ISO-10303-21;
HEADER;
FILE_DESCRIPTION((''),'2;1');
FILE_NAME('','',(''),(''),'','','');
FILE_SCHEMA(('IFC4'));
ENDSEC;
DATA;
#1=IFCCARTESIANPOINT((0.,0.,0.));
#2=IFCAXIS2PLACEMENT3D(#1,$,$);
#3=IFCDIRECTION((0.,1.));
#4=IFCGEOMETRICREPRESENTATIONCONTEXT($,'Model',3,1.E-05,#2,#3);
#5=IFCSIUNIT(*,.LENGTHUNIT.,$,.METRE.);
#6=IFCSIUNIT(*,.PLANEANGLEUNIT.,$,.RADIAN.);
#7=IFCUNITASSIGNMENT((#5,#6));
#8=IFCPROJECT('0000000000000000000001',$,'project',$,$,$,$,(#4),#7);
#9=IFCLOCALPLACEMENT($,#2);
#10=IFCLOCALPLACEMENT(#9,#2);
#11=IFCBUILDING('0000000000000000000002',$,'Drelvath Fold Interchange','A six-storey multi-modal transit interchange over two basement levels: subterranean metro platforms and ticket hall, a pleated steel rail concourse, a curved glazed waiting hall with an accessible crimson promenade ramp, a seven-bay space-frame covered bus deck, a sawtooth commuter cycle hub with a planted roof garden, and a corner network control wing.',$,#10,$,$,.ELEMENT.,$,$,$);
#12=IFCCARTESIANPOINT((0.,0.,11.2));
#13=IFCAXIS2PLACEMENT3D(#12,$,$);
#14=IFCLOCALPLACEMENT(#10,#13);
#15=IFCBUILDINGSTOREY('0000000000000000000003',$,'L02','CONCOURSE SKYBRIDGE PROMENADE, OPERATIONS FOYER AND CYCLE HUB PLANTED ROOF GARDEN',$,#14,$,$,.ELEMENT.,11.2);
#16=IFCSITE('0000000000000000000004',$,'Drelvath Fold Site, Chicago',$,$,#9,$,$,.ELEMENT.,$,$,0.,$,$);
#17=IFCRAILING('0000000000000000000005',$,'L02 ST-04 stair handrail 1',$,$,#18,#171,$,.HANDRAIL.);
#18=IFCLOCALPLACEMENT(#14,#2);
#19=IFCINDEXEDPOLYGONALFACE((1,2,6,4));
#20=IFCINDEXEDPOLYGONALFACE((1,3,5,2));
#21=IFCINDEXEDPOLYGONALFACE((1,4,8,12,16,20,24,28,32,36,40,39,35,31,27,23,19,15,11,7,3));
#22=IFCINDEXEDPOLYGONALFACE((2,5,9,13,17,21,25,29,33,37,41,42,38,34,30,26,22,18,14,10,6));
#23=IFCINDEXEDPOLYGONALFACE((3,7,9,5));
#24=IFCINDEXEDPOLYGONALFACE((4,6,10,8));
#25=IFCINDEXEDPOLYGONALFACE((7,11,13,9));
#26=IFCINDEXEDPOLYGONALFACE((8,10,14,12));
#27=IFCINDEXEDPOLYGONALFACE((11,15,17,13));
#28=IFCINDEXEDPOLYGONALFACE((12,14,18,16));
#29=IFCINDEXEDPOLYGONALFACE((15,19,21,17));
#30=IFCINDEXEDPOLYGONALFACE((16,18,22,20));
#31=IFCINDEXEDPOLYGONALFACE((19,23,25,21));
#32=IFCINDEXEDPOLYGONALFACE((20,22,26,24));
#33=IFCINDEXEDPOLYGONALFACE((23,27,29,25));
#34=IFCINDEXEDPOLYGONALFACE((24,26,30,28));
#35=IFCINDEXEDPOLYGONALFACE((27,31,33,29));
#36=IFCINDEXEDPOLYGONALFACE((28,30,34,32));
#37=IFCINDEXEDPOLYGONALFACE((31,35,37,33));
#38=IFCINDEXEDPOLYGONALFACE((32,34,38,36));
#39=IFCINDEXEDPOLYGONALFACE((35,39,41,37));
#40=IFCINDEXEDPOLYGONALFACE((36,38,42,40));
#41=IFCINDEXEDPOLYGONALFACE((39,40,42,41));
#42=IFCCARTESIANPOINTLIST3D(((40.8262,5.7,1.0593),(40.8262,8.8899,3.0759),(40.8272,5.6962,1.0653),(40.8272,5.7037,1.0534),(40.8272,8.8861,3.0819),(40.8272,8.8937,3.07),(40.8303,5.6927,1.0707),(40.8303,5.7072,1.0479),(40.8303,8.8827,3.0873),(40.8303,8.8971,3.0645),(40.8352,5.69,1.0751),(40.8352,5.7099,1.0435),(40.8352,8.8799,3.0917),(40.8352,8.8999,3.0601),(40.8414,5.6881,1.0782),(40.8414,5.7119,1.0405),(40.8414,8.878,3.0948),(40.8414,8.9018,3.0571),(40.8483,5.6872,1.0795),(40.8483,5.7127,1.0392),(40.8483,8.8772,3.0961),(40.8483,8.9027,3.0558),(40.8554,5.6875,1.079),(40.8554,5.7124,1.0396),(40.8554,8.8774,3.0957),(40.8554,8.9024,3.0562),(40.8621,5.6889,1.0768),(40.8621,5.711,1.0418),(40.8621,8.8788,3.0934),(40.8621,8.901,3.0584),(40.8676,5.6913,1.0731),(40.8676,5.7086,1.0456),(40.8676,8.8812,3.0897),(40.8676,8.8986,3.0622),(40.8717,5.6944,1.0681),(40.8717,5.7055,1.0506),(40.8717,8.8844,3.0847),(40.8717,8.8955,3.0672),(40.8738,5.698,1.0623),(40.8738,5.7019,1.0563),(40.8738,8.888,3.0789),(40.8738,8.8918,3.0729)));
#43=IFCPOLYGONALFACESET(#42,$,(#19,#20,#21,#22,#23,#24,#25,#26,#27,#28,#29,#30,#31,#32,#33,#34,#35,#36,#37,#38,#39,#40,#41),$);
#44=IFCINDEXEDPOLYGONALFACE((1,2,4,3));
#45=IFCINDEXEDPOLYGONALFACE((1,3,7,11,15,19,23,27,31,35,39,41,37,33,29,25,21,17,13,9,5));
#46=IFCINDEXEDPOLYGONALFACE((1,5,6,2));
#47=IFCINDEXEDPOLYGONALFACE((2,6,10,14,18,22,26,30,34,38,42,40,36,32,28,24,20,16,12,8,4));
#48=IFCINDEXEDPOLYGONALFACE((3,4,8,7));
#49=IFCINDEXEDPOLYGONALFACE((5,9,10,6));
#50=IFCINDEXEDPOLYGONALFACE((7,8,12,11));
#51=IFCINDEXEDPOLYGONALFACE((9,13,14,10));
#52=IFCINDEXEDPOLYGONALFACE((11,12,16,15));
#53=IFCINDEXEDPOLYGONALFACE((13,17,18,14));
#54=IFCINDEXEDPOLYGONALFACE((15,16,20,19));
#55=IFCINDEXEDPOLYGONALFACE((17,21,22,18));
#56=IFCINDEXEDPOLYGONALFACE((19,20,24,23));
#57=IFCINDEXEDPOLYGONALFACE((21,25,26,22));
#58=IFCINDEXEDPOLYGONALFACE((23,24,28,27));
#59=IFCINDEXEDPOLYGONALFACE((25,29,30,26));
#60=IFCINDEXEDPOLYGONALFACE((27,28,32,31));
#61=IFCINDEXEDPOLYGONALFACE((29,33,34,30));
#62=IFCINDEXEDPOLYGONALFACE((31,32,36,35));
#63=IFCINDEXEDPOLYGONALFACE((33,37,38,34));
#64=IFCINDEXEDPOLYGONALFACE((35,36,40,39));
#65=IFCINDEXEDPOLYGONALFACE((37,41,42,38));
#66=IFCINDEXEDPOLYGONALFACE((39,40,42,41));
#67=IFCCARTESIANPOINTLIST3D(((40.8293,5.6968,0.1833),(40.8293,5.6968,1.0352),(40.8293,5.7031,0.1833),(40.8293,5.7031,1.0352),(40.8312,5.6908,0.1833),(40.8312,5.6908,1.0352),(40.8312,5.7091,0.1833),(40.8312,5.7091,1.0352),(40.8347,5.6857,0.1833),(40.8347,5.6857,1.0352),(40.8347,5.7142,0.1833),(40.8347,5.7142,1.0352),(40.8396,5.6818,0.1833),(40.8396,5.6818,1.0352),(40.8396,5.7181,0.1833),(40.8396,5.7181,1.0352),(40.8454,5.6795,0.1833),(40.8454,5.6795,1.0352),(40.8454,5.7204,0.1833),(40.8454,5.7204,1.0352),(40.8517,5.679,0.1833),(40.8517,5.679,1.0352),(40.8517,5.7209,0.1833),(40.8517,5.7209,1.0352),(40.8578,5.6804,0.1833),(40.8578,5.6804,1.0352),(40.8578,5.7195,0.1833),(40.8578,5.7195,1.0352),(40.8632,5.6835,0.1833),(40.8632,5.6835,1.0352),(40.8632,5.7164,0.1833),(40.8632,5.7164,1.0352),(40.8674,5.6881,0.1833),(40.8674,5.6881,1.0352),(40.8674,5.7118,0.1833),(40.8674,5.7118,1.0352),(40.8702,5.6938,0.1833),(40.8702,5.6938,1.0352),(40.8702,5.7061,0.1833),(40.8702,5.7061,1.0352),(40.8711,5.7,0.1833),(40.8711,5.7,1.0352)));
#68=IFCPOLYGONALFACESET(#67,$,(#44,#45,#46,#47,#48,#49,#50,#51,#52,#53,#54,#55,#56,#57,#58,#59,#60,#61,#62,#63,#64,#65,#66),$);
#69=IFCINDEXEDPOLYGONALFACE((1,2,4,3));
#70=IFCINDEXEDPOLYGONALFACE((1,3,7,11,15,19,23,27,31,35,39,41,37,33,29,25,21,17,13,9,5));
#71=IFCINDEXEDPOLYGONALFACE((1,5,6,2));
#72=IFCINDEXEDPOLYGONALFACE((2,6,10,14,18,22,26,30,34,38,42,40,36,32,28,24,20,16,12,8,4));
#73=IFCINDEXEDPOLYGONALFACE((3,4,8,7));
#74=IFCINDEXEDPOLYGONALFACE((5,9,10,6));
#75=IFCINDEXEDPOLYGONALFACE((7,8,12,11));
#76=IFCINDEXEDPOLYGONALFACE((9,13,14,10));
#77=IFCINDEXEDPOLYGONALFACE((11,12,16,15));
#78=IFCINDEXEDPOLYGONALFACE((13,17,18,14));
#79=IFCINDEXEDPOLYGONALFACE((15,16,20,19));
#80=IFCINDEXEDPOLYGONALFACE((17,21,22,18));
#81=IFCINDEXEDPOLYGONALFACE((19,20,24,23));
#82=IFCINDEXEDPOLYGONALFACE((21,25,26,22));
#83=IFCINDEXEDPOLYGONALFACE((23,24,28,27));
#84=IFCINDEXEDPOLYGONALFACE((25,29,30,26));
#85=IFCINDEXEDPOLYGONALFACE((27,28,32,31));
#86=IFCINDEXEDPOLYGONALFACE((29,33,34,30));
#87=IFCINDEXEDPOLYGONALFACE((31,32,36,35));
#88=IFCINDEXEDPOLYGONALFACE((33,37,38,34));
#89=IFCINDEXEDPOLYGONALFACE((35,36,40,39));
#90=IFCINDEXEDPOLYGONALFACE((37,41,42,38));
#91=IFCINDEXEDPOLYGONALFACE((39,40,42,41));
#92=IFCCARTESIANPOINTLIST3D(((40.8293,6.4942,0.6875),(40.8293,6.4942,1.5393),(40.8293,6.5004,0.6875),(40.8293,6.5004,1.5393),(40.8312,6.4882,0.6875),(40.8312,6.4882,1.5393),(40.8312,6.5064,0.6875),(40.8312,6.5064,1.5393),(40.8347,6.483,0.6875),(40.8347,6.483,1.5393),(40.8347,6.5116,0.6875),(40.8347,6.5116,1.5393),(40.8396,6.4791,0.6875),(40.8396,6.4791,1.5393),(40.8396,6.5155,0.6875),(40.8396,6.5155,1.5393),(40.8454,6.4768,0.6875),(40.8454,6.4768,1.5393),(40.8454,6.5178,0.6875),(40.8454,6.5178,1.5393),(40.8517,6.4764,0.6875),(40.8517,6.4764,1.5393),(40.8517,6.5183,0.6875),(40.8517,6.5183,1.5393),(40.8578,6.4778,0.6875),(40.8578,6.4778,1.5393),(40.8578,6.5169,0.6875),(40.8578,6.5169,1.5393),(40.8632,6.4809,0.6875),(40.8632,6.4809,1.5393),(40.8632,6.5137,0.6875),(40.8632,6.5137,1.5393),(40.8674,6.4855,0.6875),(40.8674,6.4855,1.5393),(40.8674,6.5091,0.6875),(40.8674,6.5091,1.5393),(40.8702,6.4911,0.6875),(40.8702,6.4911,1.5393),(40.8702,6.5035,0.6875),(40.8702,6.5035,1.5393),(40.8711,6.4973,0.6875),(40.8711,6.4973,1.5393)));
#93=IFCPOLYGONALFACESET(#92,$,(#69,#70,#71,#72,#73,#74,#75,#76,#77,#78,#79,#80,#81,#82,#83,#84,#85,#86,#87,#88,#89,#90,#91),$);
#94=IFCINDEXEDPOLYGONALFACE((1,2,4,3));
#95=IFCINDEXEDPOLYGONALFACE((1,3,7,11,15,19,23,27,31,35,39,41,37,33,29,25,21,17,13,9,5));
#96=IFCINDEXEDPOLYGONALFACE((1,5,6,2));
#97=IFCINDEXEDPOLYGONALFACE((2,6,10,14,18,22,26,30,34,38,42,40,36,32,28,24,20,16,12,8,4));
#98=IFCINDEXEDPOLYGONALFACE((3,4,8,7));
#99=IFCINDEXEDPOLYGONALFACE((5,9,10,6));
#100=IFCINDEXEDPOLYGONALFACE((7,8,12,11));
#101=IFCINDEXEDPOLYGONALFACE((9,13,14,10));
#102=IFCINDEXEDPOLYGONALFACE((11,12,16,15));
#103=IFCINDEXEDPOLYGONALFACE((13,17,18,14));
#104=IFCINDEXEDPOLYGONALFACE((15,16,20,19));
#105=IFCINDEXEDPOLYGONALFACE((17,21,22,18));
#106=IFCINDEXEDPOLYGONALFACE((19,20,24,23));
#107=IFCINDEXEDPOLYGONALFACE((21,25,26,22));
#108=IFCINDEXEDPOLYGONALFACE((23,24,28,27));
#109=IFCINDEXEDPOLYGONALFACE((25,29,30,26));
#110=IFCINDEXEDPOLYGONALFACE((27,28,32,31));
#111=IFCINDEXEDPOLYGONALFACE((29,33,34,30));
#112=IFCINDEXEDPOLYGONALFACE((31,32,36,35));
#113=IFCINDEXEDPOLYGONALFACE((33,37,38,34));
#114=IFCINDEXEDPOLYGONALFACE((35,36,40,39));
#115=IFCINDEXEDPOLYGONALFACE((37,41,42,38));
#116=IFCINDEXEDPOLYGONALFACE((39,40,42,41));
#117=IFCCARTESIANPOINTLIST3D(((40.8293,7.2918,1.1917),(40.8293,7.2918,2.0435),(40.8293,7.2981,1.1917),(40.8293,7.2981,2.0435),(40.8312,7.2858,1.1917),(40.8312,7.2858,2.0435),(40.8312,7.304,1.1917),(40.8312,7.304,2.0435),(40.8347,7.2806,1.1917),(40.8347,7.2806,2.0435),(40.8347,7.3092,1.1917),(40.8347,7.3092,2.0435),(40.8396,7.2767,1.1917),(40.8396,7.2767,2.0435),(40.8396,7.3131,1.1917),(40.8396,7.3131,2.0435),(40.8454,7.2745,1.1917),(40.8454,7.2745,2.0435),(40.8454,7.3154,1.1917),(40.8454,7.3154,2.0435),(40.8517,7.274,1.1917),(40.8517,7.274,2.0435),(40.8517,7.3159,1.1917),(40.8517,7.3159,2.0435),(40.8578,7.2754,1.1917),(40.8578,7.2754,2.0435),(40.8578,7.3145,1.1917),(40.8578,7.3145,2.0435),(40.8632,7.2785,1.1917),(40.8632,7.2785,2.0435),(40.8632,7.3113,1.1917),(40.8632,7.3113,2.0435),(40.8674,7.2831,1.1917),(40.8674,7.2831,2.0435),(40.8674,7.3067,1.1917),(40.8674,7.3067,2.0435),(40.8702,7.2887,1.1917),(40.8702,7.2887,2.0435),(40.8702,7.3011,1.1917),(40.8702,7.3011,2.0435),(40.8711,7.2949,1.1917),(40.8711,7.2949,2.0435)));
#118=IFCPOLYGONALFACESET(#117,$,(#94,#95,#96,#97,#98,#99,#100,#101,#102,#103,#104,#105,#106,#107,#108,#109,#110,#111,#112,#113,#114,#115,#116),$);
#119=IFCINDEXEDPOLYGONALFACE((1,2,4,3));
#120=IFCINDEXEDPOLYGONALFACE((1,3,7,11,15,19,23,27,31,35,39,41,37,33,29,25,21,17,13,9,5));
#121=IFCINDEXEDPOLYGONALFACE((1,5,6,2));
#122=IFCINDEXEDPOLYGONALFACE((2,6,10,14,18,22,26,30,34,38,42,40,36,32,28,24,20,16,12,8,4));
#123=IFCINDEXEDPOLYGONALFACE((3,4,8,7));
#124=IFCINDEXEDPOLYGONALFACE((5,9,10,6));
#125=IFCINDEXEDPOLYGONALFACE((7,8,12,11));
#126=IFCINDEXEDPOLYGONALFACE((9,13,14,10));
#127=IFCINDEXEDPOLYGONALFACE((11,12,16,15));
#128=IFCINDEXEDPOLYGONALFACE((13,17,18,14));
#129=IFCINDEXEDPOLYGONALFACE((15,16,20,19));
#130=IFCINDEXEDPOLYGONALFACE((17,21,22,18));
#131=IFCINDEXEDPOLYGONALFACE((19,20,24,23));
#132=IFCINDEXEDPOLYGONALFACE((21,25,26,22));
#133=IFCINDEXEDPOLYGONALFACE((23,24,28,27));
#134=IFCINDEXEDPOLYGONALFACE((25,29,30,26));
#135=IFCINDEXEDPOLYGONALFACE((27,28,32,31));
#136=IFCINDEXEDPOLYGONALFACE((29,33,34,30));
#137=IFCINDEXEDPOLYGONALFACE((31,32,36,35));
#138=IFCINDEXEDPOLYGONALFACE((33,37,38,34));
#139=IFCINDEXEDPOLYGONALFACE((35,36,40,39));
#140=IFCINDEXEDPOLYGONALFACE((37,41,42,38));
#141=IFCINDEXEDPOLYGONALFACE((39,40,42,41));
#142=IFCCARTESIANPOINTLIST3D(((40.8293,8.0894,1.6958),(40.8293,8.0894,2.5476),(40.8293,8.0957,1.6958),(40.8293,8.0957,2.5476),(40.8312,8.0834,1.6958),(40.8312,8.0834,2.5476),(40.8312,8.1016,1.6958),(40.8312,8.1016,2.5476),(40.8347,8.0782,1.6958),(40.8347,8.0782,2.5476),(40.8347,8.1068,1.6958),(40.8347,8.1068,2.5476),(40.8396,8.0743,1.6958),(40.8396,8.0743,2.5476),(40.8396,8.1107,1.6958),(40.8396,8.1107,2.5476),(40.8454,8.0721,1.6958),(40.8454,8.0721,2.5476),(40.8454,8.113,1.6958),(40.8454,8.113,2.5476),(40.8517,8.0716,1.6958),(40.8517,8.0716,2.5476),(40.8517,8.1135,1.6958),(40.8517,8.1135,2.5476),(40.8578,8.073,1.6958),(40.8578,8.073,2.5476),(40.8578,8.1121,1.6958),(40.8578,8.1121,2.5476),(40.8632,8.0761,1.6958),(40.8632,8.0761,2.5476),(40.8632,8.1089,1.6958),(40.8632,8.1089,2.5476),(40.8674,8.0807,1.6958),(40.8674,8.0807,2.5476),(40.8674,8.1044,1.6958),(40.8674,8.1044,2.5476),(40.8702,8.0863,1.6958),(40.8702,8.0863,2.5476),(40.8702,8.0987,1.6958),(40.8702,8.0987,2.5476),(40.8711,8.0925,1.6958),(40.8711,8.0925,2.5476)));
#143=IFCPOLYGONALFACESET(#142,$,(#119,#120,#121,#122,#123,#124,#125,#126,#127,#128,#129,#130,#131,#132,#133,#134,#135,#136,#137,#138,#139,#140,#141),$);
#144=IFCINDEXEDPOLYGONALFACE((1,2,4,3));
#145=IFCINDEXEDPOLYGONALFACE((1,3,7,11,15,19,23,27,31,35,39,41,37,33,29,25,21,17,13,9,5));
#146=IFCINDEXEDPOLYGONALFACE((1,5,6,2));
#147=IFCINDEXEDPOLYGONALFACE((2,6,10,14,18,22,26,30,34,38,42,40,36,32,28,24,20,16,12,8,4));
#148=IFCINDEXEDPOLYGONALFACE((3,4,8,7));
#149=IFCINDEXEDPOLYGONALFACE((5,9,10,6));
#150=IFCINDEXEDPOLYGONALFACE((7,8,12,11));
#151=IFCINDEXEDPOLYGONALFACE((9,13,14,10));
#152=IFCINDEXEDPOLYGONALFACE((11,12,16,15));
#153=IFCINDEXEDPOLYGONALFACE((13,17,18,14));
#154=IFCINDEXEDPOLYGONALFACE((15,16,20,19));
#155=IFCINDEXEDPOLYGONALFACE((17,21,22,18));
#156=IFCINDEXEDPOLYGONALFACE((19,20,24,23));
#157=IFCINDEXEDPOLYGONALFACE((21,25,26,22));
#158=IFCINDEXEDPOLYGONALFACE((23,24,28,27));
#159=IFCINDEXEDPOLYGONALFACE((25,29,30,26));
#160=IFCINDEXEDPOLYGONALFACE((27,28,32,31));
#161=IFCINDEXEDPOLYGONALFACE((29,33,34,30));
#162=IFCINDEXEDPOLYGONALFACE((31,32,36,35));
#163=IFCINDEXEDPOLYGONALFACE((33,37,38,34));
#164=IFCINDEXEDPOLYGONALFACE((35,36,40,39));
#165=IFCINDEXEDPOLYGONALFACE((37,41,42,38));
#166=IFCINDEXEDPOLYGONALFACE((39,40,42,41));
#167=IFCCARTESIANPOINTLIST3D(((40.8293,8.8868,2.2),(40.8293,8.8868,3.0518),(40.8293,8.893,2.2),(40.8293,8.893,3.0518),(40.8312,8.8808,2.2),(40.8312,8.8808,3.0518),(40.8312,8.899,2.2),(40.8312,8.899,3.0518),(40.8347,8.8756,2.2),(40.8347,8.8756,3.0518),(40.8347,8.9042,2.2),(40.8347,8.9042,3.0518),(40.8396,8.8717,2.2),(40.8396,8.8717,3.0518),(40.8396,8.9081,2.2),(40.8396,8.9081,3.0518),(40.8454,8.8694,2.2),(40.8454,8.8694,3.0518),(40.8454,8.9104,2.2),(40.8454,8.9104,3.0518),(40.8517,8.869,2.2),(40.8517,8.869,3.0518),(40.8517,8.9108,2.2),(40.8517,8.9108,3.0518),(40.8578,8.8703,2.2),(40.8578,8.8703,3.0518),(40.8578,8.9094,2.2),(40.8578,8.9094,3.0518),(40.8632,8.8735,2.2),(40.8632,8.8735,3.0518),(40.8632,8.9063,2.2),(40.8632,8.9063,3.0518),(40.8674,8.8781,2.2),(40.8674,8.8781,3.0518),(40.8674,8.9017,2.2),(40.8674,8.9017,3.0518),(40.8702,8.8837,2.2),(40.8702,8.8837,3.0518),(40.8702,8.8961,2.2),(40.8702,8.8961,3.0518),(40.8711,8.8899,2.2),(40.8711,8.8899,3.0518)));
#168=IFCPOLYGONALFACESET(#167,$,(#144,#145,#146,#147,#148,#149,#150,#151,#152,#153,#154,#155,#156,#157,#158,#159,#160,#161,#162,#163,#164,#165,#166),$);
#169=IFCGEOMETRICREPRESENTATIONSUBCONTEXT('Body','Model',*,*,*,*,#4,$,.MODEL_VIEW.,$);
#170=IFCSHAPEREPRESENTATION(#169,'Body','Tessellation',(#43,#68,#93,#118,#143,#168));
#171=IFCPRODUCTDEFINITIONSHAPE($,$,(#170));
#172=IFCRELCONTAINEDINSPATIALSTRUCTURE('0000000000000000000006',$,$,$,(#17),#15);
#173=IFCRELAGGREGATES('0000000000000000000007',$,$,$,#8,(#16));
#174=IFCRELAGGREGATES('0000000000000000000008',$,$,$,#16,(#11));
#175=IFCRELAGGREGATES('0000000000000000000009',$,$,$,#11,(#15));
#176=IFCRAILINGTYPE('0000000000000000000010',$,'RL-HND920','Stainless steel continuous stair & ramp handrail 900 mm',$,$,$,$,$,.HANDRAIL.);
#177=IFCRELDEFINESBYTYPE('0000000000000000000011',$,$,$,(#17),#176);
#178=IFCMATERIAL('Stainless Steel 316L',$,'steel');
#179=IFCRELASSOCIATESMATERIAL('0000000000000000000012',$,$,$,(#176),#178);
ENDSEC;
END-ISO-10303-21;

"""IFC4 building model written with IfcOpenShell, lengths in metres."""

from ifc_helpers import new_model, si_unit, direction, frame, origin, origin_2d, place, context, subcontext, project, spatial, circle, extrude, material, type_object, element, save


model = new_model("IFC4")

# Units and contexts
model_context = context("Model", 3, precision=1e-05, world=origin(), true_north=direction((0.0, 1.0)))
body_context = subcontext(model_context, "Body", "Model", "MODEL_VIEW")
ifc_project = project(units=[si_unit("LENGTHUNIT", "METRE"), si_unit("PLANEANGLEUNIT", "RADIAN")], contexts=[model_context])

# Site, building, storey
site_placement = place(None, origin())
site = spatial("IfcSite", under=ifc_project, at=site_placement, Name="Drelvath Fold Site, Chicago", CompositionType="ELEMENT", RefElevation=0.0)
building_placement = place(site_placement, origin())
building = spatial("IfcBuilding", under=site, at=building_placement, Name="Drelvath Fold Interchange", Description="A six-storey multi-modal transit interchange over two basement levels: subterranean metro platforms and ticket hall, a pleated steel rail concourse, a curved glazed waiting hall with an accessible crimson promenade ramp, a seven-bay space-frame covered bus deck, a sawtooth commuter cycle hub with a planted roof garden, and a corner network control wing.", CompositionType="ELEMENT")
storey_placement = place(building_placement, frame((0.0, 0.0, 11.2)))
storey = spatial("IfcBuildingStorey", under=building, at=storey_placement, Name="L02", Description="CONCOURSE SKYBRIDGE PROMENADE, OPERATIONS FOYER AND CYCLE HUB PLANTED ROOF GARDEN", CompositionType="ELEMENT", Elevation=11.2)

# Railing
ifc_material_1 = material(Name="Stainless Steel 316L", Category="steel")
railing_type_1 = type_object("IfcRailingType", Name="RL-HND920", Description="Stainless steel continuous stair & ramp handrail 900 mm", PredefinedType="HANDRAIL", material=ifc_material_1)
railing_1_placement = place(storey_placement, frame((40.8501, 5.7, 0.1833)))
element("IfcRailing", 1, at=railing_1_placement, inside=storey, type_object=railing_type_1, Name="L02 ST-04 stair handrail 1", PredefinedType="HANDRAIL", context=body_context, shape_type="SweptSolid", body=[
    extrude(circle(Radius=0.0239, at=origin_2d()), frame((0.0, 0.0, 0.876), z_axis=(0.0, 0.845261, 0.534353), x_axis=(-1.0, 0.0, 0.0)), (0.0, 0.0, 1.0), 3.7739),
    extrude(circle(Radius=0.021, at=origin_2d()), origin(), (0.0, 0.0, 1.0), 0.8518),
    extrude(circle(Radius=0.021, at=origin_2d()), frame((0.0, 0.7974, 0.5042)), (0.0, 0.0, 1.0), 0.8518),
    extrude(circle(Radius=0.021, at=origin_2d()), frame((0.0, 1.595, 1.0083)), (0.0, 0.0, 1.0), 0.8518),
    extrude(circle(Radius=0.021, at=origin_2d()), frame((0.0, 2.3926, 1.5125)), (0.0, 0.0, 1.0), 0.8518),
    extrude(circle(Radius=0.021, at=origin_2d()), frame((0.0, 3.1899, 2.0166)), (0.0, 0.0, 1.0), 0.8518),
])

save(model, "model.ifc")
